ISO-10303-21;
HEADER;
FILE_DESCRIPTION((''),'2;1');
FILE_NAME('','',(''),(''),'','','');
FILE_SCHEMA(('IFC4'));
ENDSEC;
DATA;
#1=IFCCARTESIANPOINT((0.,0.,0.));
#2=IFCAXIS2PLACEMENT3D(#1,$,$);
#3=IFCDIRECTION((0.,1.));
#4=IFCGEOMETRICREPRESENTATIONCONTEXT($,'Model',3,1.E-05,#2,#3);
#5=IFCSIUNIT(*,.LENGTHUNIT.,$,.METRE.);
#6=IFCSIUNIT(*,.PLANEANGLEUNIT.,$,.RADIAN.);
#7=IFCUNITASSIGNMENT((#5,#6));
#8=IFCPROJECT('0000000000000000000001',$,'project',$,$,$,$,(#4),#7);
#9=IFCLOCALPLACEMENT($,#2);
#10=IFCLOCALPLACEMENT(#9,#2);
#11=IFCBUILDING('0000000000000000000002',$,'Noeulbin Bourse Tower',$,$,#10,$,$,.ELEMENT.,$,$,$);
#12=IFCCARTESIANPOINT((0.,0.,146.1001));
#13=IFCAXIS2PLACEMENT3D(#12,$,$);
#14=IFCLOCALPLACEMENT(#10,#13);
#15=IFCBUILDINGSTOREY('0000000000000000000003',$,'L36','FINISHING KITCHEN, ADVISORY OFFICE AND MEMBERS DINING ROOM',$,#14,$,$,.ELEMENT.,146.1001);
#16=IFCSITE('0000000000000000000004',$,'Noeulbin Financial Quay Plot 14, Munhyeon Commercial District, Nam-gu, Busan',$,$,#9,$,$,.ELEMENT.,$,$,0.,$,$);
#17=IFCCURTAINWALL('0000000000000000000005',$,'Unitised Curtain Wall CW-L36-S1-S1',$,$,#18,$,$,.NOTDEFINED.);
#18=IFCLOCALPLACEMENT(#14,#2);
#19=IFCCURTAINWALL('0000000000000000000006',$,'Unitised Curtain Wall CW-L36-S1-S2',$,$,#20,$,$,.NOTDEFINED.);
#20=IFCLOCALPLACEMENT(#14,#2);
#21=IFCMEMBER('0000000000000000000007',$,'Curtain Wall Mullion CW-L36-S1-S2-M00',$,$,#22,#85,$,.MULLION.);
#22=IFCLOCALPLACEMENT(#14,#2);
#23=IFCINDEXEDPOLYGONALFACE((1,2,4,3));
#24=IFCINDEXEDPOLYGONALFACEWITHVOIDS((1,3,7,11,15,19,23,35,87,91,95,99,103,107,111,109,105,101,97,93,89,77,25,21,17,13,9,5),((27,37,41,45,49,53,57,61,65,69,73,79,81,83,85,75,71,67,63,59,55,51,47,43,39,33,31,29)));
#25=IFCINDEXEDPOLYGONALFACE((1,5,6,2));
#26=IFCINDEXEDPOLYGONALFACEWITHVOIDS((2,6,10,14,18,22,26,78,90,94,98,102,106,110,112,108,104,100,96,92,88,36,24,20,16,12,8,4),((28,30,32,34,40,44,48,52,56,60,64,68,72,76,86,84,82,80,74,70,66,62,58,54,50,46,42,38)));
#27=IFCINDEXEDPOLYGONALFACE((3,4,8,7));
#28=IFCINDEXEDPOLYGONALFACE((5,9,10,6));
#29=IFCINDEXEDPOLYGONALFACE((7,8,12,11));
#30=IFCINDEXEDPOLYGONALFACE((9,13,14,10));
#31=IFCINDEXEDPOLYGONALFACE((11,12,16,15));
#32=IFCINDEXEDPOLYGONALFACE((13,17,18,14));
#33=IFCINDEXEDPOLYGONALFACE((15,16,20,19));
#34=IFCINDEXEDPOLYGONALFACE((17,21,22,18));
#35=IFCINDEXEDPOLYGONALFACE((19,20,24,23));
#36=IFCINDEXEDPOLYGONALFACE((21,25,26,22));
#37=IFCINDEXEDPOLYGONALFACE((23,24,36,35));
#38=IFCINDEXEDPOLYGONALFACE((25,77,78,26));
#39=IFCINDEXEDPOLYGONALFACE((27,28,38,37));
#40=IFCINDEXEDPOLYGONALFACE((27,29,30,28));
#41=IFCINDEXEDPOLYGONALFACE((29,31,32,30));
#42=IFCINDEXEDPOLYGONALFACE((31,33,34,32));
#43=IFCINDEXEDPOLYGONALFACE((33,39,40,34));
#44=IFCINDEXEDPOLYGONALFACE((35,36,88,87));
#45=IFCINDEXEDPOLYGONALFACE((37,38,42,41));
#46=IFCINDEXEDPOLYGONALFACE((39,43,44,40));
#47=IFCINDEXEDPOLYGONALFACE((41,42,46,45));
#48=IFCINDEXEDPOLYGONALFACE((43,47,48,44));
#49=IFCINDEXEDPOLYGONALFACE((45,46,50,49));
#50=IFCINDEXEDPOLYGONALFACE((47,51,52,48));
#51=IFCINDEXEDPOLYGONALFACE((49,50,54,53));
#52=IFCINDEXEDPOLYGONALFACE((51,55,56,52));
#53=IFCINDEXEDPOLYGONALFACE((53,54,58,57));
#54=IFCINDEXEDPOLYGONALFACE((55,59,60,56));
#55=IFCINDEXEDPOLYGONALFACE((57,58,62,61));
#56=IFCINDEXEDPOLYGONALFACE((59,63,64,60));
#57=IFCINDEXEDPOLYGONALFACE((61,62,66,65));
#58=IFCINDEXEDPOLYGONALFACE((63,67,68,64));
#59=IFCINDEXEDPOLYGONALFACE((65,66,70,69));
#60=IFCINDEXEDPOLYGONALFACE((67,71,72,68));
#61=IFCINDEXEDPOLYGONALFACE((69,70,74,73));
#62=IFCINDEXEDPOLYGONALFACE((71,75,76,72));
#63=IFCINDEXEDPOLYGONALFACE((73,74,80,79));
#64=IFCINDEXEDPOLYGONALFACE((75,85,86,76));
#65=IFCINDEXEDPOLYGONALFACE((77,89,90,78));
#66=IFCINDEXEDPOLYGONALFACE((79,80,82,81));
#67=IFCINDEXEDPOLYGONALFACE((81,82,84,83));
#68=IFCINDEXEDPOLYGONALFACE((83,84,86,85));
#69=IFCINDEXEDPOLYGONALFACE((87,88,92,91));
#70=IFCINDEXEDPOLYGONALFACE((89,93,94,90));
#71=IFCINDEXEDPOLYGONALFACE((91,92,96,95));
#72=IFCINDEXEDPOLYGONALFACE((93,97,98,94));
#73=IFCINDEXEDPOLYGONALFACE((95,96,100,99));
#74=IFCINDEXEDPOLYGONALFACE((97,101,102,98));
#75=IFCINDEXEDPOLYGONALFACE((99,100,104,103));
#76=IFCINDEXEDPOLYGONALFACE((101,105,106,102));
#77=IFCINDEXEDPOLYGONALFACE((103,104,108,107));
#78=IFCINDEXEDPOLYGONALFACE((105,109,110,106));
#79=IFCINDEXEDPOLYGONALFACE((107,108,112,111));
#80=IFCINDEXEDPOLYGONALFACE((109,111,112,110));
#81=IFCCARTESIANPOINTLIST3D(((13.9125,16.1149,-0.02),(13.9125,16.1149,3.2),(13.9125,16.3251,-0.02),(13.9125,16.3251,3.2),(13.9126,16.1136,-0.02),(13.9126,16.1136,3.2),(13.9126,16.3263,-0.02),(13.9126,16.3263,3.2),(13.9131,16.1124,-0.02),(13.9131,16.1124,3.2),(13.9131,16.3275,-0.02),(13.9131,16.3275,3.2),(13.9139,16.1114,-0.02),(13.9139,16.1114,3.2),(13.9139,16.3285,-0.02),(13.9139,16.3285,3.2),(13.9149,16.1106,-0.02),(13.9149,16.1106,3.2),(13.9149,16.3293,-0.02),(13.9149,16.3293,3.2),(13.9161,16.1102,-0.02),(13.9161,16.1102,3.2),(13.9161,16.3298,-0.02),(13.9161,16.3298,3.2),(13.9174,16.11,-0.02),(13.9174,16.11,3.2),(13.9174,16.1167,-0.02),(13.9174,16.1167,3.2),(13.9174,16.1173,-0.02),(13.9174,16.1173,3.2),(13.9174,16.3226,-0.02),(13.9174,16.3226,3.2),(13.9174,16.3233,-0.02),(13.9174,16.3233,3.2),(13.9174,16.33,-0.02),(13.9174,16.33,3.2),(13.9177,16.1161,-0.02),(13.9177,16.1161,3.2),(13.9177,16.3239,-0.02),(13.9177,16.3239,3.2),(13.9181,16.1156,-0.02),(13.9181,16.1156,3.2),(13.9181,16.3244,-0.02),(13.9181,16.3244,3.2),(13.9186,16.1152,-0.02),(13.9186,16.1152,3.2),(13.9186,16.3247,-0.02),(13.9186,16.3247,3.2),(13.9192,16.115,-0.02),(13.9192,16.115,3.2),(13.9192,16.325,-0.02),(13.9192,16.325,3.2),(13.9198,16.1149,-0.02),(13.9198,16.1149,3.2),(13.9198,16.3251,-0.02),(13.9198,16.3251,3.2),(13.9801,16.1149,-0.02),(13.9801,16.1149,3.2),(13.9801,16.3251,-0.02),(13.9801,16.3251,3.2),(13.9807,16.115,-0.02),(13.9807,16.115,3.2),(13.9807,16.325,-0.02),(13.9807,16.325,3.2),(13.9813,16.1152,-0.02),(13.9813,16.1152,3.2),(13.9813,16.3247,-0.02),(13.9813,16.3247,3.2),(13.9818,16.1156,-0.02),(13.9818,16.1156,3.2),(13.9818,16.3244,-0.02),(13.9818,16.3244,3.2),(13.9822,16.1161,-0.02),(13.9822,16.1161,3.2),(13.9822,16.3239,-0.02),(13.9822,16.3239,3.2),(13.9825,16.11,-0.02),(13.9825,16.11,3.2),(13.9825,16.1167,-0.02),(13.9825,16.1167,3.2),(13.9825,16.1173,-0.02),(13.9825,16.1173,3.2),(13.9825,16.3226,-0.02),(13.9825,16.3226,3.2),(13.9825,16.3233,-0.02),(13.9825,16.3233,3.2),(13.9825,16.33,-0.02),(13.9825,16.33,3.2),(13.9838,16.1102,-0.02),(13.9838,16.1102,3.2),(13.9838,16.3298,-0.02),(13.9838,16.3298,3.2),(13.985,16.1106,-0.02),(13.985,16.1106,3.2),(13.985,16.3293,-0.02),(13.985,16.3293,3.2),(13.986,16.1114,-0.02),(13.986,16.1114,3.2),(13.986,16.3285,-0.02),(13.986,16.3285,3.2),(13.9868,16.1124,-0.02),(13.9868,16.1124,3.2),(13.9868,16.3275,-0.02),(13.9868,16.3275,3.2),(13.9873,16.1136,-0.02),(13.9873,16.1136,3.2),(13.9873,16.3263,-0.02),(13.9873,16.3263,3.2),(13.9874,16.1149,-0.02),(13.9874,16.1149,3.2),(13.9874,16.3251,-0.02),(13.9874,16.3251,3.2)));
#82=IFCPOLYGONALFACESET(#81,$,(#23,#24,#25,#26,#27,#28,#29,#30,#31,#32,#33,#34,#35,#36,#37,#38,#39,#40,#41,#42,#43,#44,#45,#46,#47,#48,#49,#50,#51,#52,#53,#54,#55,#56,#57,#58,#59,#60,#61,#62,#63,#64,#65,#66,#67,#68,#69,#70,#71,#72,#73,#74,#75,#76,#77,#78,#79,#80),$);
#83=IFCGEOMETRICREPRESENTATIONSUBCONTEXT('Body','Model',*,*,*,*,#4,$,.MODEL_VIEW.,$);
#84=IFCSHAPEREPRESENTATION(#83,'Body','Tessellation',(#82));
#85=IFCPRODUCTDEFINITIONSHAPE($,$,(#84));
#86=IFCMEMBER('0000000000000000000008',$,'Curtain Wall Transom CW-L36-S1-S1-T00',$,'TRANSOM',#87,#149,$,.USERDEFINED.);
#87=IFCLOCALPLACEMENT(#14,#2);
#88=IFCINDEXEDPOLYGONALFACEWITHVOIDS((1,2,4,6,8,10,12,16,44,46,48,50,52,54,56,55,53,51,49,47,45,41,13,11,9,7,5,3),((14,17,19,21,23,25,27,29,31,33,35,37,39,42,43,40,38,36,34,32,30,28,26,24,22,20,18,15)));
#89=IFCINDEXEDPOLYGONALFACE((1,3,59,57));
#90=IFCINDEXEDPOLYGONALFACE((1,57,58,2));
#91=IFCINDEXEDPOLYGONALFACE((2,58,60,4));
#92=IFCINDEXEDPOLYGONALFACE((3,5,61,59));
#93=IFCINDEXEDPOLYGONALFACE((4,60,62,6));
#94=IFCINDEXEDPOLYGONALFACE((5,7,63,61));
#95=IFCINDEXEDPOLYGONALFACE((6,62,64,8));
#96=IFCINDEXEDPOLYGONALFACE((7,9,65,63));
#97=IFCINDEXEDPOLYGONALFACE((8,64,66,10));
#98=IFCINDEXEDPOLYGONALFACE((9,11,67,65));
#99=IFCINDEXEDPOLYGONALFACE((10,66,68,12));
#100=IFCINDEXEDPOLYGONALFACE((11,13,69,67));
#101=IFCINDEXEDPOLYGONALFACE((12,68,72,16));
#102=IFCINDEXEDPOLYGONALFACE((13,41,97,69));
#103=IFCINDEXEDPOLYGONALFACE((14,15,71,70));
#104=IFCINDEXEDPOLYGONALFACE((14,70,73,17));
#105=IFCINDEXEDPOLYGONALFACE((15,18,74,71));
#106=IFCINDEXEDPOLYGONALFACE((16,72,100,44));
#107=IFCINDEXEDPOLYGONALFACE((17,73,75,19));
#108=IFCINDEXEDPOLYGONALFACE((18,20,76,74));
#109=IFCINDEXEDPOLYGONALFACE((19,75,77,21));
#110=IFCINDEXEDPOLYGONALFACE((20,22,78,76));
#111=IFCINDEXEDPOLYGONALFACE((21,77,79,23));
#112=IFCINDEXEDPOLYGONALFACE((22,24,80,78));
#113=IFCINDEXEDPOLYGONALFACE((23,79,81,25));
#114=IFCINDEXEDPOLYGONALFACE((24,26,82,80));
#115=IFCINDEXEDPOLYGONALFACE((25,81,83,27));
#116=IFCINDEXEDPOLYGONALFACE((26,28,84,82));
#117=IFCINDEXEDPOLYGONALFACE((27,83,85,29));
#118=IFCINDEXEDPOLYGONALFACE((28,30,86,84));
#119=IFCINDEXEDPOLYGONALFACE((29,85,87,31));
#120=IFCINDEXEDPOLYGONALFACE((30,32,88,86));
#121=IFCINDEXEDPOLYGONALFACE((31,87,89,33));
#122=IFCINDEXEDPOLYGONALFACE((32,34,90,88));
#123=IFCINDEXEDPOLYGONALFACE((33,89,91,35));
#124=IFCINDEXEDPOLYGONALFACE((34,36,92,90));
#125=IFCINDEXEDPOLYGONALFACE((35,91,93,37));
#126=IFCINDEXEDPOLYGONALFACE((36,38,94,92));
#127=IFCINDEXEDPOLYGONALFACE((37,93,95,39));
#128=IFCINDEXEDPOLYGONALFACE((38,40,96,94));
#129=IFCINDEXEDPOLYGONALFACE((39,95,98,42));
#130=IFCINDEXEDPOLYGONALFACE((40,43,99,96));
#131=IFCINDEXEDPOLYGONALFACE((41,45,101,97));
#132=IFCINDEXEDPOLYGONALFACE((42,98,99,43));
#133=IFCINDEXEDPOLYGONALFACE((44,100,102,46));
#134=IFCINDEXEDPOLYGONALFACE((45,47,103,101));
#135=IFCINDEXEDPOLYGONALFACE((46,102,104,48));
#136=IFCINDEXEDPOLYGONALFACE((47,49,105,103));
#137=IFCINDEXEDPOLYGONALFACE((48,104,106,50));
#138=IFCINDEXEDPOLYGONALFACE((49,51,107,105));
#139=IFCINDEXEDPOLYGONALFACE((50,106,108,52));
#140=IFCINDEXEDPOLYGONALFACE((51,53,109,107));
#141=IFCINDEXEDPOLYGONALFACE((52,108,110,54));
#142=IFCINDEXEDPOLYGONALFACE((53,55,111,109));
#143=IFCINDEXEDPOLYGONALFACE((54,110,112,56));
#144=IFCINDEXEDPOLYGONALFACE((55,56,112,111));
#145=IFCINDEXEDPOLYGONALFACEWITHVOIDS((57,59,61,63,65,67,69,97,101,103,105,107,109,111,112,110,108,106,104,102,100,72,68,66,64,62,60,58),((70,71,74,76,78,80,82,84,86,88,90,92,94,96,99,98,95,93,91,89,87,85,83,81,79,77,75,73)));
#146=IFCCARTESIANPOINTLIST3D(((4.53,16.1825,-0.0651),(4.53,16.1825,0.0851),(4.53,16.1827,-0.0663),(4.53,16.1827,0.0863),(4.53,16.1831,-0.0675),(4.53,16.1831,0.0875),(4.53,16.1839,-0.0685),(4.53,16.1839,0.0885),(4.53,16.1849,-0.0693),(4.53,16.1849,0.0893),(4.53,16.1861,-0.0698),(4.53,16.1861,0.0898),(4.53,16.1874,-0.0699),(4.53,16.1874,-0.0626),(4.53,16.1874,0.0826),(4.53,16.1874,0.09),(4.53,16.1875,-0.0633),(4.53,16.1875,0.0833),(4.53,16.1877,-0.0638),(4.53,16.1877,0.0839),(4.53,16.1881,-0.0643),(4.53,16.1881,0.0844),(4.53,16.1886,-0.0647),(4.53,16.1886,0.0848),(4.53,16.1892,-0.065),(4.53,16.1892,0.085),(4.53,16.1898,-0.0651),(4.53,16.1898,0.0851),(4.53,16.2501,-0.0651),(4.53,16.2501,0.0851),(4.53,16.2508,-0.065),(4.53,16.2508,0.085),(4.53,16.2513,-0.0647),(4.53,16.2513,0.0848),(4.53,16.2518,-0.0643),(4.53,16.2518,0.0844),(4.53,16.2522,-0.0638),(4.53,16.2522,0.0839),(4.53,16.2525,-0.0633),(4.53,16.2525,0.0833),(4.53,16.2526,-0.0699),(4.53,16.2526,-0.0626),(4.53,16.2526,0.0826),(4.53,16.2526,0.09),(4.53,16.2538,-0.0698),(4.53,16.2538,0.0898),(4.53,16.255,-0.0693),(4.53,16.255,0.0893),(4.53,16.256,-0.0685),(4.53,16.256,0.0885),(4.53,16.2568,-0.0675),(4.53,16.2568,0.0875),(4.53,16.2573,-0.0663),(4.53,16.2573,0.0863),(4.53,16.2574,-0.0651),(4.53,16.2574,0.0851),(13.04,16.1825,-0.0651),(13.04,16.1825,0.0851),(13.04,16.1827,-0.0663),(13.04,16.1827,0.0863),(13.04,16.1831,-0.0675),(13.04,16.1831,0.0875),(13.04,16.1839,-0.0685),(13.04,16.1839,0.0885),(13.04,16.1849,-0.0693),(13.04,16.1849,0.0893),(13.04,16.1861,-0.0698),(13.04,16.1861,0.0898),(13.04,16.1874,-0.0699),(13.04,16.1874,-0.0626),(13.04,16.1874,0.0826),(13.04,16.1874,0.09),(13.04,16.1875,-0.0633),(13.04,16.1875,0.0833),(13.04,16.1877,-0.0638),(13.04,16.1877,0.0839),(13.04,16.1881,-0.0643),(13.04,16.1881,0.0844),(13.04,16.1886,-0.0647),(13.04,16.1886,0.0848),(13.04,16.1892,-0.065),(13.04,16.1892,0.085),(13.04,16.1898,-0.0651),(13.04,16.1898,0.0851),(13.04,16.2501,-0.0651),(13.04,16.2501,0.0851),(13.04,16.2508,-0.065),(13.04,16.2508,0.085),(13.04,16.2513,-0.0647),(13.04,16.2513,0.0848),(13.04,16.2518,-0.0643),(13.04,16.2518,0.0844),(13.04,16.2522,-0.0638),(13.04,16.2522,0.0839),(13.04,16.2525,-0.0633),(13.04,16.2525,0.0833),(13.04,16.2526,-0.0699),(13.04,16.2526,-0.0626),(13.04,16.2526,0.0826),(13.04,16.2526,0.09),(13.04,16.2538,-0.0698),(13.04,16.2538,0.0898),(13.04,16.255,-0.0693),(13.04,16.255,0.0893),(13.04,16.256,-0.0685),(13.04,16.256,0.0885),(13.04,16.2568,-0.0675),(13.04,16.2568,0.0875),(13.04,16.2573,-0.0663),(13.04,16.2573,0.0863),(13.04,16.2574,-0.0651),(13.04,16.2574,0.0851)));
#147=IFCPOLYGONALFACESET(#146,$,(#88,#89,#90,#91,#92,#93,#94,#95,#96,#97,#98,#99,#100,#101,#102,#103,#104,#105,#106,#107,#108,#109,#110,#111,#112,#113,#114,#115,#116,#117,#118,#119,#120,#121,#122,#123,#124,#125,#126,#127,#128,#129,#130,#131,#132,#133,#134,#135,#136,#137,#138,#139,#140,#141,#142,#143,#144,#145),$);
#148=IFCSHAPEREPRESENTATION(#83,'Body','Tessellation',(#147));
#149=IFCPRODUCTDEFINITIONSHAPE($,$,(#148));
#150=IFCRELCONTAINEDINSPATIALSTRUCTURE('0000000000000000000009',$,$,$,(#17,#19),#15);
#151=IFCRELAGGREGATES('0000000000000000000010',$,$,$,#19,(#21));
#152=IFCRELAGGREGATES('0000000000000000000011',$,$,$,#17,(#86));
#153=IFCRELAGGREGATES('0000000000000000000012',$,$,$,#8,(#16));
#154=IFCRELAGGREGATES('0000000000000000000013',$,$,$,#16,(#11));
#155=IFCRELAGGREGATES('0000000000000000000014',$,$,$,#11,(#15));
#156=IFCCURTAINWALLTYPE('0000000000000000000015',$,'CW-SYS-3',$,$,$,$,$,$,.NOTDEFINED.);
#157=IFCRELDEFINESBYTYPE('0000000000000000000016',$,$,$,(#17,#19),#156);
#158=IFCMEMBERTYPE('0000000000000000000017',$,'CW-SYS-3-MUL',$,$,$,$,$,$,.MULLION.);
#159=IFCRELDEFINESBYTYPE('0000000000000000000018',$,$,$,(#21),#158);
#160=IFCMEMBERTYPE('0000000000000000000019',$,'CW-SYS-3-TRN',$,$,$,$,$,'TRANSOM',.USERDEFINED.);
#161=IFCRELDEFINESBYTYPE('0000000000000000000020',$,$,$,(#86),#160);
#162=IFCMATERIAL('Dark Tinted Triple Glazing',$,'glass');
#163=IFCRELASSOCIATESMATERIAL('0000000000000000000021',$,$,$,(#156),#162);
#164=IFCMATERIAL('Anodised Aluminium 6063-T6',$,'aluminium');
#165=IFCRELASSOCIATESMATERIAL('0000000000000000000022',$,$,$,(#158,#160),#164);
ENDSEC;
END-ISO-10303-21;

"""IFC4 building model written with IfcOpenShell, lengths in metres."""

from ifc_helpers import new_model, si_unit, direction, frame, origin, origin_2d, place, context, subcontext, project, spatial, hollow_rectangle, extrude, material, material_profile, profile_set, type_object, element, aggregate, save


model = new_model("IFC4")

# Units and contexts
model_context = context("Model", 3, precision=1e-05, world=origin(), true_north=direction((0.0, 1.0)))
body_context = subcontext(model_context, "Body", "Model", "MODEL_VIEW")
ifc_project = project(units=[si_unit("LENGTHUNIT", "METRE"), si_unit("PLANEANGLEUNIT", "RADIAN")], contexts=[model_context])

# Site, building, storey
site_placement = place(None, origin())
site = spatial("IfcSite", under=ifc_project, at=site_placement, Name="Noeulbin Financial Quay Plot 14, Munhyeon Commercial District, Nam-gu, Busan", CompositionType="ELEMENT", RefElevation=0.0)
building_placement = place(site_placement, origin())
building = spatial("IfcBuilding", under=site, at=building_placement, Name="Noeulbin Bourse Tower", CompositionType="ELEMENT")
storey_placement = place(building_placement, frame((0.0, 0.0, 146.1001)))
storey = spatial("IfcBuildingStorey", under=building, at=storey_placement, Name="L36", Description="FINISHING KITCHEN, ADVISORY OFFICE AND MEMBERS DINING ROOM", CompositionType="ELEMENT", Elevation=146.1001)

# Curtain wall
ifc_material_1 = material(Name="Dark Tinted Triple Glazing", Category="glass")
curtain_wall_type = type_object("IfcCurtainWallType", Name="CW-SYS-3", PredefinedType="NOTDEFINED", material=ifc_material_1)
curtain_wall_1_placement = place(storey_placement, origin())
curtain_wall_1 = element("IfcCurtainWall", 1, at=curtain_wall_1_placement, inside=storey, type_object=curtain_wall_type, Name="Unitised Curtain Wall CW-L36-S1-S1", PredefinedType="NOTDEFINED")
ifc_material_2 = material(Name="Anodised Aluminium 6063-T6", Category="aluminium")
ifc_material_profile_1 = material_profile(ifc_material_2, hollow_rectangle(XDim=0.075, YDim=0.22, WallThickness=0.0049, InnerFilletRadius=0.0024, OuterFilletRadius=0.0049, at=origin_2d()), Name="ALU-MULL-75x220x5", Category="LoadBearing")
ifc_profile_set_1 = profile_set([ifc_material_profile_1], Name="Anodised Aluminium 6063-T6")
member_type_1 = type_object("IfcMemberType", Name="CW-SYS-3-MUL", PredefinedType="MULLION", material=ifc_profile_set_1)

# Curtain wall, member
curtain_wall_2_placement = place(storey_placement, origin())
curtain_wall_2 = element("IfcCurtainWall", 2, at=curtain_wall_2_placement, inside=storey, type_object=curtain_wall_type, Name="Unitised Curtain Wall CW-L36-S1-S2", PredefinedType="NOTDEFINED")
member_1_placement = place(storey_placement, frame((13.95, 16.22, -0.02), z_axis=(0.0, 0.0, 1.0), x_axis=(1.0, 0.0, 0.0)))
member_1 = element("IfcMember", 3, at=member_1_placement, type_object=member_type_1, Name="Curtain Wall Mullion CW-L36-S1-S2-M00", PredefinedType="MULLION", context=body_context, shape_type="SweptSolid", body=[
    extrude(hollow_rectangle(XDim=0.075, YDim=0.22, WallThickness=0.0049, InnerFilletRadius=0.0024, OuterFilletRadius=0.0049, at=origin_2d()), origin(), (0.0, 0.0, 1.0), 3.22),
])

# Member
ifc_material_profile_2 = material_profile(ifc_material_2, hollow_rectangle(XDim=0.075, YDim=0.1599, WallThickness=0.0049, InnerFilletRadius=0.0024, OuterFilletRadius=0.0049, at=origin_2d()), Name="ALU-TRAN-75x160x5", Category="LoadBearing")
ifc_profile_set_2 = profile_set([ifc_material_profile_2], Name="Anodised Aluminium 6063-T6")
member_type_2 = type_object("IfcMemberType", Name="CW-SYS-3-TRN", ElementType="TRANSOM", PredefinedType="USERDEFINED", material=ifc_profile_set_2)
member_2_placement = place(storey_placement, frame((4.53, 16.22, 0.01), z_axis=(1.0, 0.0, 0.0), x_axis=(0.0, 1.0, 0.0)))
member_2 = element("IfcMember", 4, at=member_2_placement, type_object=member_type_2, Name="Curtain Wall Transom CW-L36-S1-S1-T00", ObjectType="TRANSOM", PredefinedType="USERDEFINED", context=body_context, shape_type="SweptSolid", body=[
    extrude(hollow_rectangle(XDim=0.075, YDim=0.1599, WallThickness=0.0049, InnerFilletRadius=0.0024, OuterFilletRadius=0.0049, at=origin_2d()), origin(), (0.0, 0.0, 1.0), 8.51),
])
aggregate(curtain_wall_2, [member_1])

aggregate(curtain_wall_1, [member_2])

save(model, "model.ifc")
